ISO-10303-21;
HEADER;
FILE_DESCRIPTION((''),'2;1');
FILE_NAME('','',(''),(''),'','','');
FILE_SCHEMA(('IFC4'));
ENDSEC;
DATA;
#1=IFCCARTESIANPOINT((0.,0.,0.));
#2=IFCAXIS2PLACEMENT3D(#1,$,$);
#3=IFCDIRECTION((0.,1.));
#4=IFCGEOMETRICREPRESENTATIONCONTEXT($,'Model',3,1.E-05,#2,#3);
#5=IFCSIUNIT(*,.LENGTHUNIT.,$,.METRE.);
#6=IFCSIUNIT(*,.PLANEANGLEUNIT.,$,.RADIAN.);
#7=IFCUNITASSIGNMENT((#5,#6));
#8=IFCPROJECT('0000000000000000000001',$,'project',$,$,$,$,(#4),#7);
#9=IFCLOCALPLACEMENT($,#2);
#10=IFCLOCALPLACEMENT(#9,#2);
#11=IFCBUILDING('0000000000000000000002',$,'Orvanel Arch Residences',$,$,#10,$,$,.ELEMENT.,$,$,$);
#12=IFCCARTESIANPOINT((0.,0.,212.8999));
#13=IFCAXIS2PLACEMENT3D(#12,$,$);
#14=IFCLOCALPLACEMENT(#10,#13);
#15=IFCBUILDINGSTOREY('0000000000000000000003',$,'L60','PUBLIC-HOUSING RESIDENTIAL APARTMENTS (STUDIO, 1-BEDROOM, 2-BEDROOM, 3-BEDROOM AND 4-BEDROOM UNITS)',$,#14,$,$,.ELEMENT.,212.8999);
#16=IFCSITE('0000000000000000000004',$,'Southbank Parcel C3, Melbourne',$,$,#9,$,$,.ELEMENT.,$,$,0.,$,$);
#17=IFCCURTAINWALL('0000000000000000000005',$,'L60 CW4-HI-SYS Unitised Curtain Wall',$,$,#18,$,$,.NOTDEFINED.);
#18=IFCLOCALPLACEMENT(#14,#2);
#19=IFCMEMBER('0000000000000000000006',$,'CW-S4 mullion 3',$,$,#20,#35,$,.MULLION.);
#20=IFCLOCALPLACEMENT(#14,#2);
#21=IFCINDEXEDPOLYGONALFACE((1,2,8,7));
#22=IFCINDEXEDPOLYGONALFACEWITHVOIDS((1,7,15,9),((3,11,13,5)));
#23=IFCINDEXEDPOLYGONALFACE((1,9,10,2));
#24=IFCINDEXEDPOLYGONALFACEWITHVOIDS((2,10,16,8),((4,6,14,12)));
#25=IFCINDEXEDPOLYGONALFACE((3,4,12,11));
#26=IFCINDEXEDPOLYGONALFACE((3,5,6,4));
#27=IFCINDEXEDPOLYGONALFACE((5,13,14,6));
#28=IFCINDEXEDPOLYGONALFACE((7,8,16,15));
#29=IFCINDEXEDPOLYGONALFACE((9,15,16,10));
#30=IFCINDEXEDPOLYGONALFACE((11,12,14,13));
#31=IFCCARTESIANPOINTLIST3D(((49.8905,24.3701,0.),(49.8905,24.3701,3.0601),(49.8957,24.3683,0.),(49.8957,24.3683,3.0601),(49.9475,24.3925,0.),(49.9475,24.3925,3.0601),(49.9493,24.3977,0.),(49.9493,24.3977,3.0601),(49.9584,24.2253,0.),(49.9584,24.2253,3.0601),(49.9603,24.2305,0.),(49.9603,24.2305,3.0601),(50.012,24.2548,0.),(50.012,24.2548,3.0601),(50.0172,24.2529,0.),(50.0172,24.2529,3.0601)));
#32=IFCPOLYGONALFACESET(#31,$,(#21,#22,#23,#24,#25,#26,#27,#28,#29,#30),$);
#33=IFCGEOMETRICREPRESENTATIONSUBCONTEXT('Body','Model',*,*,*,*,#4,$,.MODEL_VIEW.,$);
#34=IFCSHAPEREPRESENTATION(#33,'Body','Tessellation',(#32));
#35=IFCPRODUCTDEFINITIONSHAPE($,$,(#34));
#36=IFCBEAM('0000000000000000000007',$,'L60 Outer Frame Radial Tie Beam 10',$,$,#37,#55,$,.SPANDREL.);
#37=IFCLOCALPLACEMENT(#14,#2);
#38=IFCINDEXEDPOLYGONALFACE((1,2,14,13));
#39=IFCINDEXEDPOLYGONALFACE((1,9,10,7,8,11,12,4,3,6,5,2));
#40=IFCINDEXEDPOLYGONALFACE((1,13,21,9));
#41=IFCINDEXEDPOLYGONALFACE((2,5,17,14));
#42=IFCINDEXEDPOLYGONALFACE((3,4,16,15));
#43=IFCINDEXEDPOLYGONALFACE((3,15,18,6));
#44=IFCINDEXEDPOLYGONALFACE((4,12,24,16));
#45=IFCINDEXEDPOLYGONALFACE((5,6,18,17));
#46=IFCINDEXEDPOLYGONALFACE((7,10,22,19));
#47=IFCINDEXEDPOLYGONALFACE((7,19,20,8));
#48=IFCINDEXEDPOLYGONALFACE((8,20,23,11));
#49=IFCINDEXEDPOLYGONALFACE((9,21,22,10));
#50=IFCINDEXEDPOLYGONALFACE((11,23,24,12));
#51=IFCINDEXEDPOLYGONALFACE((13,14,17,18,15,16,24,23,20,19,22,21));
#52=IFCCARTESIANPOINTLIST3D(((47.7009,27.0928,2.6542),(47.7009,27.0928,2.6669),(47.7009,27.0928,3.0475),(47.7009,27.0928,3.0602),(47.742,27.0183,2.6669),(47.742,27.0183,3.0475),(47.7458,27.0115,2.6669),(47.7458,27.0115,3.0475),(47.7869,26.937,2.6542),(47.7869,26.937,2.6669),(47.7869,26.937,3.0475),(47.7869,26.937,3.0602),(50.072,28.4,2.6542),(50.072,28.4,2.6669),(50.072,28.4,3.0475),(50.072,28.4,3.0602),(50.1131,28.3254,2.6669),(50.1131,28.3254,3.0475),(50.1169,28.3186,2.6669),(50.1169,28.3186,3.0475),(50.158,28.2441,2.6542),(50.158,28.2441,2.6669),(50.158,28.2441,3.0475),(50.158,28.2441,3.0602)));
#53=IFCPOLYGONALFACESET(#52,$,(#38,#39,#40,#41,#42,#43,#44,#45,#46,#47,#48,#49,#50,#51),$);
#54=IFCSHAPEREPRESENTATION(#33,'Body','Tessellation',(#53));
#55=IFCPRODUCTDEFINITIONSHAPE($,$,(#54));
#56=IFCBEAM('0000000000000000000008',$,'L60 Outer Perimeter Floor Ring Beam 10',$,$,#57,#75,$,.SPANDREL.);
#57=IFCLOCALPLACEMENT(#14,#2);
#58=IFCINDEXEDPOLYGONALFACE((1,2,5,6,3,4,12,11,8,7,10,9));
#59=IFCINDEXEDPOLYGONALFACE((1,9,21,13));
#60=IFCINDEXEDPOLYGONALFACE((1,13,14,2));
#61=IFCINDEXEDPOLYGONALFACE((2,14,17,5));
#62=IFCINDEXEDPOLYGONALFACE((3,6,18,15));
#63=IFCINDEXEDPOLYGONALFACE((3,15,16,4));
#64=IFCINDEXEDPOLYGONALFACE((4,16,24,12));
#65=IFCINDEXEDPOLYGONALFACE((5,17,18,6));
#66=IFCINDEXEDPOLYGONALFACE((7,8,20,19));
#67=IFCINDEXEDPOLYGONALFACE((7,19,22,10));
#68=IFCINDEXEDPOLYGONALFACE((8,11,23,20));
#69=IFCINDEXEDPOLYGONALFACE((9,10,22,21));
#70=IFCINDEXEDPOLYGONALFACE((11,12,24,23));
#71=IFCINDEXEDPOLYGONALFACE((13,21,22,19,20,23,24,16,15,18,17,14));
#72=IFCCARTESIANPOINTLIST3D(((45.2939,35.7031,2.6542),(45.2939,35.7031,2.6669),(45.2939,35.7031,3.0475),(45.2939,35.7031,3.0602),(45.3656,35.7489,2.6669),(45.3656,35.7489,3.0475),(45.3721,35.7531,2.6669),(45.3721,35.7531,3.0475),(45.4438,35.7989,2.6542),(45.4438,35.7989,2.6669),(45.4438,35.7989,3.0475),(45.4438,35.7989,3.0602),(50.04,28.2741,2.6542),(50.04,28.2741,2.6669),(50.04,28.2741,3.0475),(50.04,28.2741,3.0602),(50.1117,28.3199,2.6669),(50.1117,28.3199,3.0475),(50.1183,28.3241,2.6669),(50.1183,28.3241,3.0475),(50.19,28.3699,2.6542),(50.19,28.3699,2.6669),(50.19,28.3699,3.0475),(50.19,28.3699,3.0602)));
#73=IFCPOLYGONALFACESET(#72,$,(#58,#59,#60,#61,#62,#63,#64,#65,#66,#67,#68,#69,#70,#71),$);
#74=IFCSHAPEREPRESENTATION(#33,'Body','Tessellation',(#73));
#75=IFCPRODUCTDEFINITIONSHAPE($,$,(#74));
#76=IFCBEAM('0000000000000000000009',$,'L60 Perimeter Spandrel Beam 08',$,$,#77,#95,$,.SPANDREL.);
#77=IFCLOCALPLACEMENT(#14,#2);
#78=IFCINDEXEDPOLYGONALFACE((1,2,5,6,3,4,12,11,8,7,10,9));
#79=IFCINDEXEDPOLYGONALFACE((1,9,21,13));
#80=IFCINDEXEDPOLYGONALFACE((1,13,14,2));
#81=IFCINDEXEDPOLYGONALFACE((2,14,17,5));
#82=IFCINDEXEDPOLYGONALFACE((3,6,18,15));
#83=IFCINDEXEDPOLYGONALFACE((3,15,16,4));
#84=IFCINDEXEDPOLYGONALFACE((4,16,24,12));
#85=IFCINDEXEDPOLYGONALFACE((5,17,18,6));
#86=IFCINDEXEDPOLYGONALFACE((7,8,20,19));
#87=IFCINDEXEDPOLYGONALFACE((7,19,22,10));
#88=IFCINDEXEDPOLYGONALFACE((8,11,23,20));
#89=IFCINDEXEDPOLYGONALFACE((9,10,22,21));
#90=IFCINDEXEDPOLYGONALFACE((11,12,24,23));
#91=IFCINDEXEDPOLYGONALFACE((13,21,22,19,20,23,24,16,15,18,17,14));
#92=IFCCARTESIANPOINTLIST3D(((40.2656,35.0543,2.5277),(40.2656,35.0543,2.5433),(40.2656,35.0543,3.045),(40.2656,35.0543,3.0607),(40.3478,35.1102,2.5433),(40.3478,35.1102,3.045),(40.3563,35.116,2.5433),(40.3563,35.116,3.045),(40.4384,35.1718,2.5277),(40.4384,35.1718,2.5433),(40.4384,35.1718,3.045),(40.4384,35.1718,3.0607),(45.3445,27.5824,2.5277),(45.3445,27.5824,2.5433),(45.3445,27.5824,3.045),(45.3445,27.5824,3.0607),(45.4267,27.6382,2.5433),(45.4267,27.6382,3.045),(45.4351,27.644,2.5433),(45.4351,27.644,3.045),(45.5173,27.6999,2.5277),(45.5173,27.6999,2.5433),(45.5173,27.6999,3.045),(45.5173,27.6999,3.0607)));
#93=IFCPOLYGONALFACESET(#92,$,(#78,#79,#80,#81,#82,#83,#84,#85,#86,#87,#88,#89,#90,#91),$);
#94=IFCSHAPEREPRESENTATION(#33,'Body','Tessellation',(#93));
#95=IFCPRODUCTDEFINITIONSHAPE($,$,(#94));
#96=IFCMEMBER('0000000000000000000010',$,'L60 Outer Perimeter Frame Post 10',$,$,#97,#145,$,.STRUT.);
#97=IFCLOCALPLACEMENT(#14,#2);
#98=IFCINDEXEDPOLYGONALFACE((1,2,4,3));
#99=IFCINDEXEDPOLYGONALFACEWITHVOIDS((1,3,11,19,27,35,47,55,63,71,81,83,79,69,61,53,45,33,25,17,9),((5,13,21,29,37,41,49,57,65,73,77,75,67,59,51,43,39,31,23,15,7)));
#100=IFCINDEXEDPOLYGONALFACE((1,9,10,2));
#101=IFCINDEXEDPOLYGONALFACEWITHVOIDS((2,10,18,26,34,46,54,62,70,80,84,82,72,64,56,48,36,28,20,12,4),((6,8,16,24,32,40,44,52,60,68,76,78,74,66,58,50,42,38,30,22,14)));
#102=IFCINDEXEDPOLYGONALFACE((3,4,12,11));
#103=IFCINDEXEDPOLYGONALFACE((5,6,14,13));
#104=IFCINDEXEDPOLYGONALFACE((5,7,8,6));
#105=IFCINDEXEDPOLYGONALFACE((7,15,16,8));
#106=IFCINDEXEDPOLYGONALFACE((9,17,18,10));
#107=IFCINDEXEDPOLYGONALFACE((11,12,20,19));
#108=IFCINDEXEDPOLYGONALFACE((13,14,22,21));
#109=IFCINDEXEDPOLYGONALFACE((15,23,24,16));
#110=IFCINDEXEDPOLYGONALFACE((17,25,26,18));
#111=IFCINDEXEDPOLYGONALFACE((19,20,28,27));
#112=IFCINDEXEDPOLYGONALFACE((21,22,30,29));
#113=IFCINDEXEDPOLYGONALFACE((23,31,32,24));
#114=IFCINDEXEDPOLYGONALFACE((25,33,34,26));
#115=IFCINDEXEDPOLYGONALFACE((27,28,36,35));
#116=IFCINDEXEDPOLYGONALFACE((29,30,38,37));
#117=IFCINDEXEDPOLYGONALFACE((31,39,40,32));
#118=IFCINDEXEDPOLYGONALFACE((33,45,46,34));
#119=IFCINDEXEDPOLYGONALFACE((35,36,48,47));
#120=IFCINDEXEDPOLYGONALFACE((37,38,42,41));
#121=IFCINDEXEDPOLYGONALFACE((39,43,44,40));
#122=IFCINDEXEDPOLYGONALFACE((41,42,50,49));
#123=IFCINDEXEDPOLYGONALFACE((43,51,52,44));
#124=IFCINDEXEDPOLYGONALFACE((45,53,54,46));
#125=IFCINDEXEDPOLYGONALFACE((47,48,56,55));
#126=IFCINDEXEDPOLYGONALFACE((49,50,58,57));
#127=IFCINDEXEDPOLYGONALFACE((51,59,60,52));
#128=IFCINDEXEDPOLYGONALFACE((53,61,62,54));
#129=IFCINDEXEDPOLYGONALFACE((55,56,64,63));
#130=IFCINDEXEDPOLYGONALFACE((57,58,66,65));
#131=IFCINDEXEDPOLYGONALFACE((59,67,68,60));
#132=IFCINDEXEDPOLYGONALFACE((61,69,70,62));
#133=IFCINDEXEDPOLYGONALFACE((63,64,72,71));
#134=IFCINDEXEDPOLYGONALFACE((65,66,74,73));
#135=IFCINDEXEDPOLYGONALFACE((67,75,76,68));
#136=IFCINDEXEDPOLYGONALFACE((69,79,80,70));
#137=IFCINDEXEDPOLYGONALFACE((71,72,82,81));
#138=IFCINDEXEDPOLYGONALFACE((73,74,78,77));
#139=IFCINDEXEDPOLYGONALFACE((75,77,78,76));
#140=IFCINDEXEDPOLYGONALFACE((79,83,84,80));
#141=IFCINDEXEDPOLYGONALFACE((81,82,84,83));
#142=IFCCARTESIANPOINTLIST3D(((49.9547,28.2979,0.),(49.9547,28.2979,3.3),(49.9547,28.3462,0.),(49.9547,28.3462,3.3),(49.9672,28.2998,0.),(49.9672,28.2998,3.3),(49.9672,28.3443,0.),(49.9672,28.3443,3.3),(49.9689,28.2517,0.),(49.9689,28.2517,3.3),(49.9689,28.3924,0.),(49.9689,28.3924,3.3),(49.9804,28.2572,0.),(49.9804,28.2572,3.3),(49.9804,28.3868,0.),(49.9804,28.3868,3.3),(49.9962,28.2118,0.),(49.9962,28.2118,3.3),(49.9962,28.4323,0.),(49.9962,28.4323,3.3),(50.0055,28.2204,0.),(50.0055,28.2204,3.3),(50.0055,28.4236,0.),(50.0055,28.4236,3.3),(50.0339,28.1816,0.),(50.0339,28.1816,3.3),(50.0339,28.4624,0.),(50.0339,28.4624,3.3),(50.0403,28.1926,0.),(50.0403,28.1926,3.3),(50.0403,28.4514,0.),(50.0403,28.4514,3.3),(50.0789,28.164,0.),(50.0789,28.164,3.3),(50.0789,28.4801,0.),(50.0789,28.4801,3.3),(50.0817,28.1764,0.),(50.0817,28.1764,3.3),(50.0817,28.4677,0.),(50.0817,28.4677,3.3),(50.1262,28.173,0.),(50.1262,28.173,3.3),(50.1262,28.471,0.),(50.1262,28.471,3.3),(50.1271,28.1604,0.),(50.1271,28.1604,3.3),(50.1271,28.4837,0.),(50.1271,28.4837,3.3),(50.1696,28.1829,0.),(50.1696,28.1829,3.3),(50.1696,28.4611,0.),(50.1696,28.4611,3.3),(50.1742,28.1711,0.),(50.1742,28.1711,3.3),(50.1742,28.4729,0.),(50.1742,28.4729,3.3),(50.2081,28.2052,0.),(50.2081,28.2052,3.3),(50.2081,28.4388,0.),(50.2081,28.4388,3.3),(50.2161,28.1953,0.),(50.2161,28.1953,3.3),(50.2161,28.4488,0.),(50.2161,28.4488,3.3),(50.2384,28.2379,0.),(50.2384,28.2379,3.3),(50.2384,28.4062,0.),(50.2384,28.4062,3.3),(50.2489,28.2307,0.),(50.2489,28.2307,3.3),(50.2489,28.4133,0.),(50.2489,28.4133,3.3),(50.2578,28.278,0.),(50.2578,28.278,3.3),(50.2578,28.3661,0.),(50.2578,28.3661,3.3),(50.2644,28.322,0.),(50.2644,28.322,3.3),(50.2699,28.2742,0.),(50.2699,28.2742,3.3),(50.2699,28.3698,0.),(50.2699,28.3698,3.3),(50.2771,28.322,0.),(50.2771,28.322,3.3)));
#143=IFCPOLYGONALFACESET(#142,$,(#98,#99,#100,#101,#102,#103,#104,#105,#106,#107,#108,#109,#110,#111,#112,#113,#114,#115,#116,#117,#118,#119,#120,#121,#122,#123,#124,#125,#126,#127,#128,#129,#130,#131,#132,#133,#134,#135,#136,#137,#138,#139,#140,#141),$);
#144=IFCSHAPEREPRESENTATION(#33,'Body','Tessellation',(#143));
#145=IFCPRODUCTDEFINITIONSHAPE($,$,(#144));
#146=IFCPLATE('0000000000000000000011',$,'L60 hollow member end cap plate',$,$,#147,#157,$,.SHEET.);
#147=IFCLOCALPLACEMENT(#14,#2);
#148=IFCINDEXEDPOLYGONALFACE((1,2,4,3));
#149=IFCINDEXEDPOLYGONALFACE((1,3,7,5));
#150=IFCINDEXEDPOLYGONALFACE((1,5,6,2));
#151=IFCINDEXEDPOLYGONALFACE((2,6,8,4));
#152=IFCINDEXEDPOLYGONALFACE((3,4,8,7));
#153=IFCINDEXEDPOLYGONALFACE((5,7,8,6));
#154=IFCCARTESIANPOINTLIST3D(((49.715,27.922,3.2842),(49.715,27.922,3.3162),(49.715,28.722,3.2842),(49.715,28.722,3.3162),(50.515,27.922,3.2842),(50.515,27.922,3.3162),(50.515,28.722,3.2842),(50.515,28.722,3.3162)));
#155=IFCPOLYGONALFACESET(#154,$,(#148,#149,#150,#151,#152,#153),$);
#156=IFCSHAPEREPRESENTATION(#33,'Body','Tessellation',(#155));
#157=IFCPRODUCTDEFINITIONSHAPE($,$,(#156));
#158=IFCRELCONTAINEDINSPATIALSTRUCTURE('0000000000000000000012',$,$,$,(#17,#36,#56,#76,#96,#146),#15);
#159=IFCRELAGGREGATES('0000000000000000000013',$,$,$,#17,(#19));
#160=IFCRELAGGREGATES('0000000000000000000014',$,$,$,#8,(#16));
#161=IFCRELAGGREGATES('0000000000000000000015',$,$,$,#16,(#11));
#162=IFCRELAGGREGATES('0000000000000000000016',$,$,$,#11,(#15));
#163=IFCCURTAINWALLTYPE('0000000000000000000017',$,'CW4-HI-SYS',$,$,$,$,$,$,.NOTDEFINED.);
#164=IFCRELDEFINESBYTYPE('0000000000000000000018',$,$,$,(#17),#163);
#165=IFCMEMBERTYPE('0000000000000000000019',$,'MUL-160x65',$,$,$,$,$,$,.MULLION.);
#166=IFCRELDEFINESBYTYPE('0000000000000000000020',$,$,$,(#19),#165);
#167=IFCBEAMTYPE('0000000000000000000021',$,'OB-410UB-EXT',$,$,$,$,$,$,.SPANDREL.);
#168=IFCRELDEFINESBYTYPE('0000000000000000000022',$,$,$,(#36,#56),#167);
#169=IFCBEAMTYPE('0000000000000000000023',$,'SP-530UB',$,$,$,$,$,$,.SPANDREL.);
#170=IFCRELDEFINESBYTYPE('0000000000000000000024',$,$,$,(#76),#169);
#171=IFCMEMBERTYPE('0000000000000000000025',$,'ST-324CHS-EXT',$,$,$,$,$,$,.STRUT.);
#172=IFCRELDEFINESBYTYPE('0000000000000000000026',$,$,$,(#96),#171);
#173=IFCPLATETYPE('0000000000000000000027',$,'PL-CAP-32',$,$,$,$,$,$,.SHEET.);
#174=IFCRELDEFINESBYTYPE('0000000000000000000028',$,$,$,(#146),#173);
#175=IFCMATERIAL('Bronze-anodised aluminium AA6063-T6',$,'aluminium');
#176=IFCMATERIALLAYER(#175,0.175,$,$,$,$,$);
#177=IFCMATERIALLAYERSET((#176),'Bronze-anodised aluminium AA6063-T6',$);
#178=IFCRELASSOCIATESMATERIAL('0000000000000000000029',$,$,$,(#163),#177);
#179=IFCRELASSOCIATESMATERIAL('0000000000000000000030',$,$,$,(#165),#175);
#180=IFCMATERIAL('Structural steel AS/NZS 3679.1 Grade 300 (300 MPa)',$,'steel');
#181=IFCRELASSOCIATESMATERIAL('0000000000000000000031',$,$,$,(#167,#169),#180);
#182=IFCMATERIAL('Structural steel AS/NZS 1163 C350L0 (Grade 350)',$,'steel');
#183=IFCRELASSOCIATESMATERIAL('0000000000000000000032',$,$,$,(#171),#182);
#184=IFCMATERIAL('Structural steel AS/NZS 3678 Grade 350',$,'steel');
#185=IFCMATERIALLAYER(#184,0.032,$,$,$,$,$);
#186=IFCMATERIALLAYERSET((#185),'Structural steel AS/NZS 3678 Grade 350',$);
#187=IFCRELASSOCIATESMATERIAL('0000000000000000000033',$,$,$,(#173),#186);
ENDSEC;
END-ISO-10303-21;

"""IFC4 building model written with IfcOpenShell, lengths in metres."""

from ifc_helpers import new_model, si_unit, direction, frame, origin, origin_2d, place, context, subcontext, project, spatial, rectangle, hollow_rectangle, hollow_circle, i_section, extrude, material, layer, layer_set, material_profile, profile_set, type_object, element, aggregate, save


model = new_model("IFC4")

# Units and contexts
model_context = context("Model", 3, precision=1e-05, world=origin(), true_north=direction((0.0, 1.0)))
body_context = subcontext(model_context, "Body", "Model", "MODEL_VIEW")
ifc_project = project(units=[si_unit("LENGTHUNIT", "METRE"), si_unit("PLANEANGLEUNIT", "RADIAN")], contexts=[model_context])

# Site, building, storey
site_placement = place(None, origin())
site = spatial("IfcSite", under=ifc_project, at=site_placement, Name="Southbank Parcel C3, Melbourne", CompositionType="ELEMENT", RefElevation=0.0)
building_placement = place(site_placement, origin())
building = spatial("IfcBuilding", under=site, at=building_placement, Name="Orvanel Arch Residences", CompositionType="ELEMENT")
storey_placement = place(building_placement, frame((0.0, 0.0, 212.8999)))
storey = spatial("IfcBuildingStorey", under=building, at=storey_placement, Name="L60", Description="PUBLIC-HOUSING RESIDENTIAL APARTMENTS (STUDIO, 1-BEDROOM, 2-BEDROOM, 3-BEDROOM AND 4-BEDROOM UNITS)", CompositionType="ELEMENT", Elevation=212.8999)

# Shared definitions
ifc_material_1 = material(Name="Structural steel AS/NZS 1163 C350L0 (Grade 350)", Category="steel")

# Shared definitions
ifc_material_2 = material(Name="Structural steel AS/NZS 3679.1 Grade 300 (300 MPa)", Category="steel")

# Curtain wall, member
ifc_material_3 = material(Name="Bronze-anodised aluminium AA6063-T6", Category="aluminium")
ifc_layer_1 = layer(ifc_material_3, 0.175)
ifc_layer_set_1 = layer_set([ifc_layer_1], Name="Bronze-anodised aluminium AA6063-T6")
curtain_wall_type = type_object("IfcCurtainWallType", Name="CW4-HI-SYS", PredefinedType="NOTDEFINED", material=ifc_layer_set_1)
curtain_wall_placement = place(storey_placement, origin())
curtain_wall = element("IfcCurtainWall", 1, at=curtain_wall_placement, inside=storey, type_object=curtain_wall_type, Name="L60 CW4-HI-SYS Unitised Curtain Wall", PredefinedType="NOTDEFINED")
ifc_material_profile_1 = material_profile(ifc_material_3, hollow_rectangle(XDim=0.0649, YDim=0.1599, WallThickness=0.0039, at=origin_2d()), Name="ALU160x65x4")
ifc_profile_set_1 = profile_set([ifc_material_profile_1], Name="Bronze-anodised aluminium AA6063-T6")
member_type_1 = type_object("IfcMemberType", Name="MUL-160x65", PredefinedType="MULLION", material=ifc_profile_set_1)
member_1_placement = place(storey_placement, frame((49.9539, 24.3115, 0.0), z_axis=(0.0, 0.0, 1.0), x_axis=(-0.905503, -0.424341, 0.0)))
member_1 = element("IfcMember", 2, at=member_1_placement, type_object=member_type_1, Name="CW-S4 mullion 3", PredefinedType="MULLION", context=body_context, shape_type="SweptSolid", body=[
    extrude(hollow_rectangle(XDim=0.0649, YDim=0.1599, WallThickness=0.0039, at=origin_2d()), origin(), (0.0, 0.0, 1.0), 3.0601),
])
aggregate(curtain_wall, [member_1])

# Beams
ifc_material_profile_2 = material_profile(ifc_material_2, i_section(OverallWidth=0.178, OverallDepth=0.406, WebThickness=0.0078, FlangeThickness=0.0127, at=origin_2d()), Name="410UB59.7")
ifc_profile_set_2 = profile_set([ifc_material_profile_2], Name="Structural steel AS/NZS 3679.1 Grade 300 (300 MPa)")
beam_type_1 = type_object("IfcBeamType", Name="OB-410UB-EXT", PredefinedType="SPANDREL", material=ifc_profile_set_2)
beam_1_placement = place(storey_placement, frame((47.7439, 27.0149, 2.8572), z_axis=(0.875743, 0.482777, 0.0), x_axis=(-0.482777, 0.875743, 0.0)))
element("IfcBeam", 3, at=beam_1_placement, inside=storey, type_object=beam_type_1, Name="L60 Outer Frame Radial Tie Beam 10", PredefinedType="SPANDREL", context=body_context, shape_type="SweptSolid", body=[
    extrude(i_section(OverallWidth=0.178, OverallDepth=0.406, WebThickness=0.0078, FlangeThickness=0.0127, at=origin_2d()), origin(), (0.0, 0.0, 1.0), 2.7075),
])
beam_2_placement = place(storey_placement, frame((50.115, 28.322, 2.8572), z_axis=(-0.538375, 0.842706, 0.0), x_axis=(-0.842706, -0.538375, 0.0)))
element("IfcBeam", 4, at=beam_2_placement, inside=storey, type_object=beam_type_1, Name="L60 Outer Perimeter Floor Ring Beam 10", PredefinedType="SPANDREL", context=body_context, shape_type="SweptSolid", body=[
    extrude(i_section(OverallWidth=0.178, OverallDepth=0.406, WebThickness=0.0078, FlangeThickness=0.0127, at=origin_2d()), origin(), (0.0, 0.0, 1.0), 8.8157),
])
ifc_material_profile_3 = material_profile(ifc_material_2, i_section(OverallWidth=0.209, OverallDepth=0.533, WebThickness=0.0103, FlangeThickness=0.0156, at=origin_2d()), Name="530UB92.4")
ifc_profile_set_3 = profile_set([ifc_material_profile_3], Name="Structural steel AS/NZS 3679.1 Grade 300 (300 MPa)")
beam_type_2 = type_object("IfcBeamType", Name="SP-530UB", PredefinedType="SPANDREL", material=ifc_profile_set_3)
beam_3_placement = place(storey_placement, frame((45.4309, 27.6411, 2.7942), z_axis=(-0.562155, 0.827032, 0.0), x_axis=(-0.827032, -0.562155, 0.0)))
element("IfcBeam", 5, at=beam_3_placement, inside=storey, type_object=beam_type_2, Name="L60 Perimeter Spandrel Beam 08", PredefinedType="SPANDREL", context=body_context, shape_type="SweptSolid", body=[
    extrude(i_section(OverallWidth=0.209, OverallDepth=0.533, WebThickness=0.0103, FlangeThickness=0.0156, at=origin_2d()), origin(), (0.0, 0.0, 1.0), 9.0347),
])

# Member
ifc_material_profile_4 = material_profile(ifc_material_1, hollow_circle(Radius=0.1621, WallThickness=0.0127, at=origin_2d()), Name="CHS324x12.7")
ifc_profile_set_4 = profile_set([ifc_material_profile_4], Name="Structural steel AS/NZS 1163 C350L0 (Grade 350)")
member_type_2 = type_object("IfcMemberType", Name="ST-324CHS-EXT", PredefinedType="STRUT", material=ifc_profile_set_4)
member_2_placement = place(storey_placement, frame((50.115, 28.322, 0.0), z_axis=(0.0, 0.0, 1.0), x_axis=(1.0, 0.0, 0.0)))
element("IfcMember", 6, at=member_2_placement, inside=storey, type_object=member_type_2, Name="L60 Outer Perimeter Frame Post 10", PredefinedType="STRUT", context=body_context, shape_type="SweptSolid", body=[
    extrude(hollow_circle(Radius=0.1621, WallThickness=0.0127, at=origin_2d()), origin(), (0.0, 0.0, 1.0), 3.3),
])

# Plate
ifc_material_4 = material(Name="Structural steel AS/NZS 3678 Grade 350", Category="steel")
ifc_layer_2 = layer(ifc_material_4, 0.032)
ifc_layer_set_2 = layer_set([ifc_layer_2], Name="Structural steel AS/NZS 3678 Grade 350")
plate_type = type_object("IfcPlateType", Name="PL-CAP-32", PredefinedType="SHEET", material=ifc_layer_set_2)
plate_placement = place(storey_placement, frame((50.115, 28.322, 3.2842), z_axis=(0.0, 0.0, 1.0), x_axis=(1.0, 0.0, 0.0)))
element("IfcPlate", 7, at=plate_placement, inside=storey, type_object=plate_type, Name="L60 hollow member end cap plate", PredefinedType="SHEET", context=body_context, shape_type="SweptSolid", body=[
    extrude(rectangle(XDim=0.8, YDim=0.8, at=origin_2d()), origin(), (0.0, 0.0, 1.0), 0.032),
])

save(model, "model.ifc")
